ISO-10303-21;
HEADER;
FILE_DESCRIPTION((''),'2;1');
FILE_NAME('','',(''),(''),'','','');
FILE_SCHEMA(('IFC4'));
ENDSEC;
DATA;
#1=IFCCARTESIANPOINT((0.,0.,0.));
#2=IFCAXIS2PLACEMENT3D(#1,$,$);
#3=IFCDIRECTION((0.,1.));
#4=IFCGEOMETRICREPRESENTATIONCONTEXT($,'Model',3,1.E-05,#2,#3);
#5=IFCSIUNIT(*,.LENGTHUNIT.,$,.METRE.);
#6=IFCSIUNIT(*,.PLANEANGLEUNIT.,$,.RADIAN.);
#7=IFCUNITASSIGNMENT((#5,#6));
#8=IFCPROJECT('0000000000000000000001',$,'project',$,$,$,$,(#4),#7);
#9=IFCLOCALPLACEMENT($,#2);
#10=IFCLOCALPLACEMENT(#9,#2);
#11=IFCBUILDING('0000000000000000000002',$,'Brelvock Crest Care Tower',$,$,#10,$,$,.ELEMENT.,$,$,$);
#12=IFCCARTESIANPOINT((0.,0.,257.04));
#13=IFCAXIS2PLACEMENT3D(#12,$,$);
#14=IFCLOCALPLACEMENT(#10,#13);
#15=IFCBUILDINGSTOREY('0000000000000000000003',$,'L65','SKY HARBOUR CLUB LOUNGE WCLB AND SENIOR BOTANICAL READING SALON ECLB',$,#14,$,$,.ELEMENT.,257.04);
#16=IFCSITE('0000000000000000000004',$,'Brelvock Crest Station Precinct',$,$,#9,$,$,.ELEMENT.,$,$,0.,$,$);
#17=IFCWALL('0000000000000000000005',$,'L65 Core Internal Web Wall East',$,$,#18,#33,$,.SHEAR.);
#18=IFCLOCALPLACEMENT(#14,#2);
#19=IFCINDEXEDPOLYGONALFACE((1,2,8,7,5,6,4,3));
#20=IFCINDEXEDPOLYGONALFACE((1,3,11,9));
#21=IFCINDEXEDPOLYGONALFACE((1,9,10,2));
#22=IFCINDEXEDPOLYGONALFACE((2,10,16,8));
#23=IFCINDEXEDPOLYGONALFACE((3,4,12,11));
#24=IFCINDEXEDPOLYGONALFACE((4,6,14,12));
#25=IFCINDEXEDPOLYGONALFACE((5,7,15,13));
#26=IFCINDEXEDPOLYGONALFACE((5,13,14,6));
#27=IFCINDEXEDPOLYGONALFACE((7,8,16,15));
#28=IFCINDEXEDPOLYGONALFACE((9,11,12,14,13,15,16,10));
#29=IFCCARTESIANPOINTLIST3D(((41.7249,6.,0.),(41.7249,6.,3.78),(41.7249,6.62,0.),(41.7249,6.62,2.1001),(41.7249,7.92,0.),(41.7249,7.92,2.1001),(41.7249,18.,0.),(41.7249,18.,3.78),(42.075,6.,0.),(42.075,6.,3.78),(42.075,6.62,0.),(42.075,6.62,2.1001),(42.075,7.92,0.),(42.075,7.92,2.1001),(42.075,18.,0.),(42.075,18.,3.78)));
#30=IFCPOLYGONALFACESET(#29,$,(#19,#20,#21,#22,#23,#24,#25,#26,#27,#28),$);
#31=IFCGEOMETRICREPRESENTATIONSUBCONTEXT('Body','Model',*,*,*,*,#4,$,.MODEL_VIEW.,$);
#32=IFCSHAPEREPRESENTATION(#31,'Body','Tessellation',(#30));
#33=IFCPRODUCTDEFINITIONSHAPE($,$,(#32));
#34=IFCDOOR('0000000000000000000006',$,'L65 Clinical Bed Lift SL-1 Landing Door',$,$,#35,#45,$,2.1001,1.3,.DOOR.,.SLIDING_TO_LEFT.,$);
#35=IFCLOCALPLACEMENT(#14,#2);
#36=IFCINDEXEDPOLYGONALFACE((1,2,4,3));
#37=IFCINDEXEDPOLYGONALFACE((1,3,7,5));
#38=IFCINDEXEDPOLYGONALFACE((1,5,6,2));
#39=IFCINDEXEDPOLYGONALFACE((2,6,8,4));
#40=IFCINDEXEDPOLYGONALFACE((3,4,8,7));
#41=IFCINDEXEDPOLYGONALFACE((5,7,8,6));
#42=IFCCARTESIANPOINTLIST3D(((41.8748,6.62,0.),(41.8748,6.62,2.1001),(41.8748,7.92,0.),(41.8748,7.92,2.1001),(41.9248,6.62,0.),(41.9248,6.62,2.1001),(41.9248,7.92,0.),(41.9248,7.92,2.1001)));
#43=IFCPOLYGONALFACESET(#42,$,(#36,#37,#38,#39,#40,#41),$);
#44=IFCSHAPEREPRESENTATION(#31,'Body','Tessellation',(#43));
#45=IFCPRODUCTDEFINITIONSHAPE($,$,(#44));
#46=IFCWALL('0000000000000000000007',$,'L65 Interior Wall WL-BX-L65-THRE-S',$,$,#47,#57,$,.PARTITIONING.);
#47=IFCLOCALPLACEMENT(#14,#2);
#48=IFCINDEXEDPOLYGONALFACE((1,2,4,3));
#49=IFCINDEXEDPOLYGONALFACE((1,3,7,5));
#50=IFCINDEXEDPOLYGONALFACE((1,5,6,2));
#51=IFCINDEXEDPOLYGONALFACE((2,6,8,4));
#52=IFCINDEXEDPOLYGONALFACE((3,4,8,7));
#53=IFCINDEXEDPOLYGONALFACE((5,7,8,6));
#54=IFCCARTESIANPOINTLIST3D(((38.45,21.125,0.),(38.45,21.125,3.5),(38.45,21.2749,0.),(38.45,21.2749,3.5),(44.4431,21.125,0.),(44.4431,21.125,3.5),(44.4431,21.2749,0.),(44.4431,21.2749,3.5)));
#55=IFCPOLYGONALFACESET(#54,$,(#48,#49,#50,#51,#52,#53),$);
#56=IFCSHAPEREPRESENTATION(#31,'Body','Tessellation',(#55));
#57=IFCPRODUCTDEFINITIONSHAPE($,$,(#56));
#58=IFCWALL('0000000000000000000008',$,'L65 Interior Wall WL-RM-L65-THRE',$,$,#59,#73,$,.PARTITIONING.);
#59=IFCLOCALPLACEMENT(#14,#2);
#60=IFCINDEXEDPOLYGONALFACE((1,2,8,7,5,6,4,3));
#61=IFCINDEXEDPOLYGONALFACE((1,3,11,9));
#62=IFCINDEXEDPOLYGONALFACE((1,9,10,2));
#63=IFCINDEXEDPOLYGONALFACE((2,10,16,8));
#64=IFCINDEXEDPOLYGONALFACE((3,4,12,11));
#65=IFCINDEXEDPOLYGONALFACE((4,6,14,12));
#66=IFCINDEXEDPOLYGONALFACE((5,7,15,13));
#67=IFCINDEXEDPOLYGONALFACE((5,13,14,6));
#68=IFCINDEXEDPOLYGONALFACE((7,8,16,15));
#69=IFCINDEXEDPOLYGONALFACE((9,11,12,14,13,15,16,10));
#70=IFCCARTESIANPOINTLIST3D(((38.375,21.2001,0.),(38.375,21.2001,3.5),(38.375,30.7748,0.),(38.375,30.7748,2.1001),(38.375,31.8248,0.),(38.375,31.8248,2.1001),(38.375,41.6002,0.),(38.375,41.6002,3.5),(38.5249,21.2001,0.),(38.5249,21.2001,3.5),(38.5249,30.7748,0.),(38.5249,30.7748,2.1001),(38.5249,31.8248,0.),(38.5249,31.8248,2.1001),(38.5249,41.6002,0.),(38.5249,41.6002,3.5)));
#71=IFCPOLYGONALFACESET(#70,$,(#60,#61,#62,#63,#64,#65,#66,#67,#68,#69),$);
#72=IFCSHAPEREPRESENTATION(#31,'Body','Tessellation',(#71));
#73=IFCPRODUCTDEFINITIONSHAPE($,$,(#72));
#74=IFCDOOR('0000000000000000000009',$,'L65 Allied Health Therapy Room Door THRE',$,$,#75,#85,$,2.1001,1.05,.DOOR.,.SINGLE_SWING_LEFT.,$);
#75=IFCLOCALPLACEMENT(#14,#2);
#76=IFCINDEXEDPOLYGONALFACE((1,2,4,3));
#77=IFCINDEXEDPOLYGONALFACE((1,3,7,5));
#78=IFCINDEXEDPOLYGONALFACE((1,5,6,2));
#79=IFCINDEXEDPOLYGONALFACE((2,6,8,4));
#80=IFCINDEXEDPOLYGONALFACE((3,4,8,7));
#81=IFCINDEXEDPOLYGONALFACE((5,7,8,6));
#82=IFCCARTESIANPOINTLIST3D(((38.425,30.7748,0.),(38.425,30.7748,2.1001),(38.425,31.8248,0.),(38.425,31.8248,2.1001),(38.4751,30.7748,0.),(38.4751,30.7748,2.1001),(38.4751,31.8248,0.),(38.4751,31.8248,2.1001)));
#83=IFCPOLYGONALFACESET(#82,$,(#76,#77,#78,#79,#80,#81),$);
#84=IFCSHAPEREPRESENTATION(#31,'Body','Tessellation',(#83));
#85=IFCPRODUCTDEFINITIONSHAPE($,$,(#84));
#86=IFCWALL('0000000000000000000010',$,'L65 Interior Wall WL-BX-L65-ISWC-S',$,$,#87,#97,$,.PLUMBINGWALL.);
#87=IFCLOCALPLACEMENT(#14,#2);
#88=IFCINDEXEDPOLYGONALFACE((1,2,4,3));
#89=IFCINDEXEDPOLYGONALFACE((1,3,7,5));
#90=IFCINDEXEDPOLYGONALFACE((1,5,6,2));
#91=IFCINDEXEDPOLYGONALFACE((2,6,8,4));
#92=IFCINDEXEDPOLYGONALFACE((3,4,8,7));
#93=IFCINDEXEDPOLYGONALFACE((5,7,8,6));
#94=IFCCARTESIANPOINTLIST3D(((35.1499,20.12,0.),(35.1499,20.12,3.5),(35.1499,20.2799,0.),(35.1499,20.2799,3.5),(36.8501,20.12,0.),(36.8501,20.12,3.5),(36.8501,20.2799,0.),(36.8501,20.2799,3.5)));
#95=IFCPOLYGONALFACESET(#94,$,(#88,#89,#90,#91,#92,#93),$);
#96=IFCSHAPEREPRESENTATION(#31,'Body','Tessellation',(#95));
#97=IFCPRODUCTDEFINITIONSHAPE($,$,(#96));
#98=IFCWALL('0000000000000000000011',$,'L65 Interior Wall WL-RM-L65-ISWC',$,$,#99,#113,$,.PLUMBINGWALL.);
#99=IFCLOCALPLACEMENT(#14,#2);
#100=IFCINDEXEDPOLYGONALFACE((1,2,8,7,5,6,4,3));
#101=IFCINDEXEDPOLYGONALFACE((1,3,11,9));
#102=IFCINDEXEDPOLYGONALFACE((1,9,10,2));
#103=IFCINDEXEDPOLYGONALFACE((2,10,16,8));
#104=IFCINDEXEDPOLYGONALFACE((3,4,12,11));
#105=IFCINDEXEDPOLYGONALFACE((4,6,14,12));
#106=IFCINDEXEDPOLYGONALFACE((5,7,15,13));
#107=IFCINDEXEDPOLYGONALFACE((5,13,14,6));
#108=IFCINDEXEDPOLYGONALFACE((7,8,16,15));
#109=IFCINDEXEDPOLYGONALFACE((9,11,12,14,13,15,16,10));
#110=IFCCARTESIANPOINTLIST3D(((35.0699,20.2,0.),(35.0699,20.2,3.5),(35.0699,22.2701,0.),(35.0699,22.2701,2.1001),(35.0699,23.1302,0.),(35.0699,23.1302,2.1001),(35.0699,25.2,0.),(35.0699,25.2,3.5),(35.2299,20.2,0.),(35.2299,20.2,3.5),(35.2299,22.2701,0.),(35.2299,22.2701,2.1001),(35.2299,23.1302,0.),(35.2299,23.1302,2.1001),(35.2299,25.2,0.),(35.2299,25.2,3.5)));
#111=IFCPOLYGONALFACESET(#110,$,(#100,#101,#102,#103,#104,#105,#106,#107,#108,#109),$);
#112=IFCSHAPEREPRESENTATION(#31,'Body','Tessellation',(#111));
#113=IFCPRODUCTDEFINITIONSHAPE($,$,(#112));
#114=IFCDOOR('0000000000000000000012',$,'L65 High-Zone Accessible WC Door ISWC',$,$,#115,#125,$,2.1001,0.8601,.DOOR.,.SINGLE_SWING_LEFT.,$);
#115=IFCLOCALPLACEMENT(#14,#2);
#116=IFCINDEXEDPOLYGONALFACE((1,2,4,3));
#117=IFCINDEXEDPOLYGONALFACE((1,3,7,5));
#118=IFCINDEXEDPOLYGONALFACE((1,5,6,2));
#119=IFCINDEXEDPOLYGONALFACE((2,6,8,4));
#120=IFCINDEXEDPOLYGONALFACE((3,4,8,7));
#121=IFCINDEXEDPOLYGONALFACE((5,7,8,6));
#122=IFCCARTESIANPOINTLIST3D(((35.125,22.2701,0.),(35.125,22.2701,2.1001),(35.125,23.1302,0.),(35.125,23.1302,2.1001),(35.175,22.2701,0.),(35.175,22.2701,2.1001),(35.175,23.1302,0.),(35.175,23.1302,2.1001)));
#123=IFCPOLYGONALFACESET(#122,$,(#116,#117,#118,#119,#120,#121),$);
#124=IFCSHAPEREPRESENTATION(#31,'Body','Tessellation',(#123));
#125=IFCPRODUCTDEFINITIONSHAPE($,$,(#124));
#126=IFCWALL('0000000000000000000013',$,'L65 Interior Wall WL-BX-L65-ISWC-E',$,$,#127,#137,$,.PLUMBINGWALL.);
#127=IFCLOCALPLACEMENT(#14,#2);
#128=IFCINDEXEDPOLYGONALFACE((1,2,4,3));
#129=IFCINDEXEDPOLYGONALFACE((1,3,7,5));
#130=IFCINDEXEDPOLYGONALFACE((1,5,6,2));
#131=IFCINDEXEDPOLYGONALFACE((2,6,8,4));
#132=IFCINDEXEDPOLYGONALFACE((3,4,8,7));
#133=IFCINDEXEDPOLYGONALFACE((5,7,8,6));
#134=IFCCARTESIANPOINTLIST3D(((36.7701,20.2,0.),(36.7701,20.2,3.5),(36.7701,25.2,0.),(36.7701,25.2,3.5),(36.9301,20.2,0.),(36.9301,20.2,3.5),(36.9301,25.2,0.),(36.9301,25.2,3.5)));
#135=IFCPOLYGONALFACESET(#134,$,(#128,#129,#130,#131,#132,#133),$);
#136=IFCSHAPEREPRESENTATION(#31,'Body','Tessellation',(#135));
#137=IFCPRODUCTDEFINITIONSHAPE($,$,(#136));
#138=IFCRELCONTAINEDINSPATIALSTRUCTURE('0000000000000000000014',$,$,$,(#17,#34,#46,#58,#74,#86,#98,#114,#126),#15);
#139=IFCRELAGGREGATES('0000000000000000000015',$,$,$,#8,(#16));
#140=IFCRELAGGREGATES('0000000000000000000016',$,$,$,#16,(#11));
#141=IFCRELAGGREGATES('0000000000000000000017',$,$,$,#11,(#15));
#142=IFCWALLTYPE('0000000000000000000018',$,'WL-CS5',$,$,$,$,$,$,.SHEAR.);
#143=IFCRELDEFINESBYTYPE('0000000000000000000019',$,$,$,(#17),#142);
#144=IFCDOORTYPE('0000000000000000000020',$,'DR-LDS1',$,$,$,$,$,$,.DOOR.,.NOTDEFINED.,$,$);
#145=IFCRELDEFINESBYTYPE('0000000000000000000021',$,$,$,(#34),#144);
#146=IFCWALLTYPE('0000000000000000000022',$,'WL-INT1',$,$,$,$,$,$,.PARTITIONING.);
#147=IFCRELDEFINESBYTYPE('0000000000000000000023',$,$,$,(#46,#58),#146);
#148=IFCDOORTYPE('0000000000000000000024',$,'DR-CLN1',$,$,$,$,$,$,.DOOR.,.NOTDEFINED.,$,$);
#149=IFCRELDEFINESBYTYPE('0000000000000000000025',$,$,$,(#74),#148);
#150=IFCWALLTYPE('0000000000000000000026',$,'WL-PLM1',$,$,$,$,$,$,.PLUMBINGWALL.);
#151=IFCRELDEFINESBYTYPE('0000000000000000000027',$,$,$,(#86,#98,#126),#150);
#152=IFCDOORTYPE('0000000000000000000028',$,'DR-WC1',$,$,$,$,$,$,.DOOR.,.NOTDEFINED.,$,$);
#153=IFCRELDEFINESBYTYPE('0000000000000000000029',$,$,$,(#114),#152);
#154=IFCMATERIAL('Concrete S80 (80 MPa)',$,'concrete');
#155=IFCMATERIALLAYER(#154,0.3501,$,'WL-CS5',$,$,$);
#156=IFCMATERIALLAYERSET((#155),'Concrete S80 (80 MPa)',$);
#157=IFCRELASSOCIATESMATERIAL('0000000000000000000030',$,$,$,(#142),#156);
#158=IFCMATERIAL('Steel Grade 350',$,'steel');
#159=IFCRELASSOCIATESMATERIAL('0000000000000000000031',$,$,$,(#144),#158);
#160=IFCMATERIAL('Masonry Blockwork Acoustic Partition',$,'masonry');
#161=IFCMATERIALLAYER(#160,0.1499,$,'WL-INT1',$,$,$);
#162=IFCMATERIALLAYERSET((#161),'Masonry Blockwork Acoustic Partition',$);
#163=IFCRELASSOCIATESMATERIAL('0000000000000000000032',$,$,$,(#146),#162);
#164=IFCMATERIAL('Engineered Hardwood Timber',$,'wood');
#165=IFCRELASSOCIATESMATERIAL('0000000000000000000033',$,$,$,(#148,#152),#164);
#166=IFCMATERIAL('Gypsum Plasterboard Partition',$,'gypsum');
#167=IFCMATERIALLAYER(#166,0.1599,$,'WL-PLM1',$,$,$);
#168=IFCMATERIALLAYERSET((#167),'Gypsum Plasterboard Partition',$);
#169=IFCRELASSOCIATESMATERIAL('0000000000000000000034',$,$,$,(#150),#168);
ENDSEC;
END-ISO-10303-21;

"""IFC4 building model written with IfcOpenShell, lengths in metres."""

from ifc_helpers import new_model, si_unit, direction, frame, frame_2d, origin, origin_2d, place, context, subcontext, project, spatial, rectangle, extrude, source, transform, mapped, material, layer, layer_set, type_object, element, fill, save


model = new_model("IFC4")

# Units and contexts
model_context = context("Model", 3, precision=1e-05, world=origin(), true_north=direction((0.0, 1.0)))
body_context = subcontext(model_context, "Body", "Model", "MODEL_VIEW")
ifc_project = project(units=[si_unit("LENGTHUNIT", "METRE"), si_unit("PLANEANGLEUNIT", "RADIAN")], contexts=[model_context])

# Site, building, storey
site_placement = place(None, origin())
site = spatial("IfcSite", under=ifc_project, at=site_placement, Name="Brelvock Crest Station Precinct", CompositionType="ELEMENT", RefElevation=0.0)
building_placement = place(site_placement, origin())
building = spatial("IfcBuilding", under=site, at=building_placement, Name="Brelvock Crest Care Tower", CompositionType="ELEMENT")
storey_placement = place(building_placement, frame((0.0, 0.0, 257.04)))
storey = spatial("IfcBuildingStorey", under=building, at=storey_placement, Name="L65", Description="SKY HARBOUR CLUB LOUNGE WCLB AND SENIOR BOTANICAL READING SALON ECLB", CompositionType="ELEMENT", Elevation=257.04)

# Shared definitions
ifc_material_1 = material(Name="Steel Grade 350", Category="steel")

# Wall, opening, door
ifc_material_2 = material(Name="Concrete S80 (80 MPa)", Category="concrete")
ifc_layer_1 = layer(ifc_material_2, 0.3501, Name="WL-CS5")
ifc_layer_set_1 = layer_set([ifc_layer_1], Name="Concrete S80 (80 MPa)")
wall_type_1 = type_object("IfcWallType", Name="WL-CS5", PredefinedType="SHEAR", material=ifc_layer_set_1)
wall_1_placement = place(storey_placement, frame((41.8999, 18.0, 0.0), z_axis=(0.0, 0.0, 1.0), x_axis=(0.0, -1.0, 0.0)))
wall_1 = element("IfcWall", 1, at=wall_1_placement, inside=storey, type_object=wall_type_1, Name="L65 Core Internal Web Wall East", PredefinedType="SHEAR", context=body_context, shape_type="SweptSolid", body=[
    extrude(rectangle(XDim=12.0, YDim=0.3501, at=frame_2d((6.0, 0.0))), origin(), (0.0, 0.0, 1.0), 3.78),
])
opening_1_placement = place(wall_1_placement, frame((10.0801, 0.0, 0.0)))
opening_1 = element("IfcOpeningElement", 2, at=opening_1_placement, cuts=wall_1, PredefinedType="OPENING", context=body_context, shape_type="SweptSolid", body=[
    extrude(rectangle(XDim=1.3, YDim=2.1001, at=origin_2d()), frame((0.6499, 0.1851, 1.05), z_axis=(0.0, -1.0, 0.0), x_axis=(1.0, 0.0, 0.0)), (0.0, 0.0, 1.0), 0.3701),
])
door_type_1 = type_object("IfcDoorType", Name="DR-LDS1", OperationType="NOTDEFINED", PredefinedType="DOOR", material=ifc_material_1)
shared_shape_1 = source(origin(), body_context, "Body", "SweptSolid", [
    extrude(rectangle(XDim=1.3, YDim=2.1001, at=origin_2d()), frame((0.6499, 0.0249, 1.05), z_axis=(0.0, -1.0, 0.0), x_axis=(1.0, 0.0, 0.0)), (0.0, 0.0, 1.0), 0.05),
])
door_1_placement = place(opening_1_placement, origin())
door_1 = element("IfcDoor", 3, at=door_1_placement, inside=storey, type_object=door_type_1, Name="L65 Clinical Bed Lift SL-1 Landing Door", OperationType="SLIDING_TO_LEFT", OverallHeight=2.1001, OverallWidth=1.3, PredefinedType="DOOR", context=body_context, shape_type="MappedRepresentation", body=[
    mapped(shared_shape_1, transform((0.0, 0.0, 0.0), x_axis=(1.0, 0.0, 0.0), y_axis=(0.0, 1.0, 0.0), z_axis=(0.0, 0.0, 1.0), scale=1.0)),
])
fill(opening_1, door_1)

# Wall
ifc_material_3 = material(Name="Masonry Blockwork Acoustic Partition", Category="masonry")
ifc_layer_2 = layer(ifc_material_3, 0.1499, Name="WL-INT1")
ifc_layer_set_2 = layer_set([ifc_layer_2], Name="Masonry Blockwork Acoustic Partition")
wall_type_2 = type_object("IfcWallType", Name="WL-INT1", PredefinedType="PARTITIONING", material=ifc_layer_set_2)
wall_2_placement = place(storey_placement, frame((38.45, 21.2, 0.0), z_axis=(0.0, 0.0, 1.0), x_axis=(1.0, 0.0, 0.0)))
element("IfcWall", 4, at=wall_2_placement, inside=storey, type_object=wall_type_2, Name="L65 Interior Wall WL-BX-L65-THRE-S", PredefinedType="PARTITIONING", context=body_context, shape_type="SweptSolid", body=[
    extrude(rectangle(XDim=5.9932, YDim=0.1499, at=frame_2d((2.9966, 0.0))), origin(), (0.0, 0.0, 1.0), 3.5),
])

# Wall, opening, door
wall_3_placement = place(storey_placement, frame((38.45, 21.2, 0.0), z_axis=(0.0, 0.0, 1.0), x_axis=(0.0, 1.0, 0.0)))
wall_3 = element("IfcWall", 5, at=wall_3_placement, inside=storey, type_object=wall_type_2, Name="L65 Interior Wall WL-RM-L65-THRE", PredefinedType="PARTITIONING", context=body_context, shape_type="SweptSolid", body=[
    extrude(rectangle(XDim=20.4001, YDim=0.1499, at=frame_2d((10.2002, 0.0))), origin(), (0.0, 0.0, 1.0), 3.5),
])
opening_2_placement = place(wall_3_placement, frame((9.575, 0.0, 0.0)))
opening_2 = element("IfcOpeningElement", 6, at=opening_2_placement, cuts=wall_3, PredefinedType="OPENING", context=body_context, shape_type="SweptSolid", body=[
    extrude(rectangle(XDim=1.05, YDim=2.1001, at=origin_2d()), frame((0.5249, 0.085, 1.05), z_axis=(0.0, -1.0, 0.0), x_axis=(1.0, 0.0, 0.0)), (0.0, 0.0, 1.0), 0.1699),
])
ifc_material_4 = material(Name="Engineered Hardwood Timber", Category="wood")
door_type_2 = type_object("IfcDoorType", Name="DR-CLN1", OperationType="NOTDEFINED", PredefinedType="DOOR", material=ifc_material_4)
shared_shape_2 = source(origin(), body_context, "Body", "SweptSolid", [
    extrude(rectangle(XDim=1.05, YDim=2.1001, at=origin_2d()), frame((0.5249, 0.0249, 1.05), z_axis=(0.0, -1.0, 0.0), x_axis=(1.0, 0.0, 0.0)), (0.0, 0.0, 1.0), 0.05),
])
door_2_placement = place(opening_2_placement, origin())
door_2 = element("IfcDoor", 7, at=door_2_placement, inside=storey, type_object=door_type_2, Name="L65 Allied Health Therapy Room Door THRE", OperationType="SINGLE_SWING_LEFT", OverallHeight=2.1001, OverallWidth=1.05, PredefinedType="DOOR", context=body_context, shape_type="MappedRepresentation", body=[
    mapped(shared_shape_2, transform((0.0, 0.0, 0.0), x_axis=(1.0, 0.0, 0.0), y_axis=(0.0, 1.0, 0.0), z_axis=(0.0, 0.0, 1.0), scale=1.0)),
])
fill(opening_2, door_2)

# Wall
ifc_material_5 = material(Name="Gypsum Plasterboard Partition", Category="gypsum")
ifc_layer_3 = layer(ifc_material_5, 0.1599, Name="WL-PLM1")
ifc_layer_set_3 = layer_set([ifc_layer_3], Name="Gypsum Plasterboard Partition")
wall_type_3 = type_object("IfcWallType", Name="WL-PLM1", PredefinedType="PLUMBINGWALL", material=ifc_layer_set_3)
wall_4_placement = place(storey_placement, frame((35.1499, 20.2, 0.0), z_axis=(0.0, 0.0, 1.0), x_axis=(1.0, 0.0, 0.0)))
element("IfcWall", 8, at=wall_4_placement, inside=storey, type_object=wall_type_3, Name="L65 Interior Wall WL-BX-L65-ISWC-S", PredefinedType="PLUMBINGWALL", context=body_context, shape_type="SweptSolid", body=[
    extrude(rectangle(XDim=1.7002, YDim=0.1599, at=frame_2d((0.8501, 0.0))), origin(), (0.0, 0.0, 1.0), 3.5),
])

# Wall, opening, door
wall_5_placement = place(storey_placement, frame((35.1499, 20.2, 0.0), z_axis=(0.0, 0.0, 1.0), x_axis=(0.0, 1.0, 0.0)))
wall_5 = element("IfcWall", 9, at=wall_5_placement, inside=storey, type_object=wall_type_3, Name="L65 Interior Wall WL-RM-L65-ISWC", PredefinedType="PLUMBINGWALL", context=body_context, shape_type="SweptSolid", body=[
    extrude(rectangle(XDim=5.0, YDim=0.1599, at=frame_2d((2.5, 0.0))), origin(), (0.0, 0.0, 1.0), 3.5),
])
opening_3_placement = place(wall_5_placement, frame((2.0701, 0.0, 0.0)))
opening_3 = element("IfcOpeningElement", 10, at=opening_3_placement, cuts=wall_5, PredefinedType="OPENING", context=body_context, shape_type="SweptSolid", body=[
    extrude(rectangle(XDim=0.8601, YDim=2.1001, at=origin_2d()), frame((0.4302, 0.0898, 1.05), z_axis=(0.0, -1.0, 0.0), x_axis=(1.0, 0.0, 0.0)), (0.0, 0.0, 1.0), 0.1799),
])
door_type_3 = type_object("IfcDoorType", Name="DR-WC1", OperationType="NOTDEFINED", PredefinedType="DOOR", material=ifc_material_4)
shared_shape_3 = source(origin(), body_context, "Body", "SweptSolid", [
    extrude(rectangle(XDim=0.8601, YDim=2.1001, at=origin_2d()), frame((0.4302, 0.0249, 1.05), z_axis=(0.0, -1.0, 0.0), x_axis=(1.0, 0.0, 0.0)), (0.0, 0.0, 1.0), 0.05),
])
door_3_placement = place(opening_3_placement, origin())
door_3 = element("IfcDoor", 11, at=door_3_placement, inside=storey, type_object=door_type_3, Name="L65 High-Zone Accessible WC Door ISWC", OperationType="SINGLE_SWING_LEFT", OverallHeight=2.1001, OverallWidth=0.8601, PredefinedType="DOOR", context=body_context, shape_type="MappedRepresentation", body=[
    mapped(shared_shape_3, transform((0.0, 0.0, 0.0), x_axis=(1.0, 0.0, 0.0), y_axis=(0.0, 1.0, 0.0), z_axis=(0.0, 0.0, 1.0), scale=1.0)),
])
fill(opening_3, door_3)

# Wall
wall_6_placement = place(storey_placement, frame((36.8501, 20.2, 0.0), z_axis=(0.0, 0.0, 1.0), x_axis=(0.0, 1.0, 0.0)))
element("IfcWall", 12, at=wall_6_placement, inside=storey, type_object=wall_type_3, Name="L65 Interior Wall WL-BX-L65-ISWC-E", PredefinedType="PLUMBINGWALL", context=body_context, shape_type="SweptSolid", body=[
    extrude(rectangle(XDim=5.0, YDim=0.1599, at=frame_2d((2.5, 0.0))), origin(), (0.0, 0.0, 1.0), 3.5),
])

save(model, "model.ifc")
